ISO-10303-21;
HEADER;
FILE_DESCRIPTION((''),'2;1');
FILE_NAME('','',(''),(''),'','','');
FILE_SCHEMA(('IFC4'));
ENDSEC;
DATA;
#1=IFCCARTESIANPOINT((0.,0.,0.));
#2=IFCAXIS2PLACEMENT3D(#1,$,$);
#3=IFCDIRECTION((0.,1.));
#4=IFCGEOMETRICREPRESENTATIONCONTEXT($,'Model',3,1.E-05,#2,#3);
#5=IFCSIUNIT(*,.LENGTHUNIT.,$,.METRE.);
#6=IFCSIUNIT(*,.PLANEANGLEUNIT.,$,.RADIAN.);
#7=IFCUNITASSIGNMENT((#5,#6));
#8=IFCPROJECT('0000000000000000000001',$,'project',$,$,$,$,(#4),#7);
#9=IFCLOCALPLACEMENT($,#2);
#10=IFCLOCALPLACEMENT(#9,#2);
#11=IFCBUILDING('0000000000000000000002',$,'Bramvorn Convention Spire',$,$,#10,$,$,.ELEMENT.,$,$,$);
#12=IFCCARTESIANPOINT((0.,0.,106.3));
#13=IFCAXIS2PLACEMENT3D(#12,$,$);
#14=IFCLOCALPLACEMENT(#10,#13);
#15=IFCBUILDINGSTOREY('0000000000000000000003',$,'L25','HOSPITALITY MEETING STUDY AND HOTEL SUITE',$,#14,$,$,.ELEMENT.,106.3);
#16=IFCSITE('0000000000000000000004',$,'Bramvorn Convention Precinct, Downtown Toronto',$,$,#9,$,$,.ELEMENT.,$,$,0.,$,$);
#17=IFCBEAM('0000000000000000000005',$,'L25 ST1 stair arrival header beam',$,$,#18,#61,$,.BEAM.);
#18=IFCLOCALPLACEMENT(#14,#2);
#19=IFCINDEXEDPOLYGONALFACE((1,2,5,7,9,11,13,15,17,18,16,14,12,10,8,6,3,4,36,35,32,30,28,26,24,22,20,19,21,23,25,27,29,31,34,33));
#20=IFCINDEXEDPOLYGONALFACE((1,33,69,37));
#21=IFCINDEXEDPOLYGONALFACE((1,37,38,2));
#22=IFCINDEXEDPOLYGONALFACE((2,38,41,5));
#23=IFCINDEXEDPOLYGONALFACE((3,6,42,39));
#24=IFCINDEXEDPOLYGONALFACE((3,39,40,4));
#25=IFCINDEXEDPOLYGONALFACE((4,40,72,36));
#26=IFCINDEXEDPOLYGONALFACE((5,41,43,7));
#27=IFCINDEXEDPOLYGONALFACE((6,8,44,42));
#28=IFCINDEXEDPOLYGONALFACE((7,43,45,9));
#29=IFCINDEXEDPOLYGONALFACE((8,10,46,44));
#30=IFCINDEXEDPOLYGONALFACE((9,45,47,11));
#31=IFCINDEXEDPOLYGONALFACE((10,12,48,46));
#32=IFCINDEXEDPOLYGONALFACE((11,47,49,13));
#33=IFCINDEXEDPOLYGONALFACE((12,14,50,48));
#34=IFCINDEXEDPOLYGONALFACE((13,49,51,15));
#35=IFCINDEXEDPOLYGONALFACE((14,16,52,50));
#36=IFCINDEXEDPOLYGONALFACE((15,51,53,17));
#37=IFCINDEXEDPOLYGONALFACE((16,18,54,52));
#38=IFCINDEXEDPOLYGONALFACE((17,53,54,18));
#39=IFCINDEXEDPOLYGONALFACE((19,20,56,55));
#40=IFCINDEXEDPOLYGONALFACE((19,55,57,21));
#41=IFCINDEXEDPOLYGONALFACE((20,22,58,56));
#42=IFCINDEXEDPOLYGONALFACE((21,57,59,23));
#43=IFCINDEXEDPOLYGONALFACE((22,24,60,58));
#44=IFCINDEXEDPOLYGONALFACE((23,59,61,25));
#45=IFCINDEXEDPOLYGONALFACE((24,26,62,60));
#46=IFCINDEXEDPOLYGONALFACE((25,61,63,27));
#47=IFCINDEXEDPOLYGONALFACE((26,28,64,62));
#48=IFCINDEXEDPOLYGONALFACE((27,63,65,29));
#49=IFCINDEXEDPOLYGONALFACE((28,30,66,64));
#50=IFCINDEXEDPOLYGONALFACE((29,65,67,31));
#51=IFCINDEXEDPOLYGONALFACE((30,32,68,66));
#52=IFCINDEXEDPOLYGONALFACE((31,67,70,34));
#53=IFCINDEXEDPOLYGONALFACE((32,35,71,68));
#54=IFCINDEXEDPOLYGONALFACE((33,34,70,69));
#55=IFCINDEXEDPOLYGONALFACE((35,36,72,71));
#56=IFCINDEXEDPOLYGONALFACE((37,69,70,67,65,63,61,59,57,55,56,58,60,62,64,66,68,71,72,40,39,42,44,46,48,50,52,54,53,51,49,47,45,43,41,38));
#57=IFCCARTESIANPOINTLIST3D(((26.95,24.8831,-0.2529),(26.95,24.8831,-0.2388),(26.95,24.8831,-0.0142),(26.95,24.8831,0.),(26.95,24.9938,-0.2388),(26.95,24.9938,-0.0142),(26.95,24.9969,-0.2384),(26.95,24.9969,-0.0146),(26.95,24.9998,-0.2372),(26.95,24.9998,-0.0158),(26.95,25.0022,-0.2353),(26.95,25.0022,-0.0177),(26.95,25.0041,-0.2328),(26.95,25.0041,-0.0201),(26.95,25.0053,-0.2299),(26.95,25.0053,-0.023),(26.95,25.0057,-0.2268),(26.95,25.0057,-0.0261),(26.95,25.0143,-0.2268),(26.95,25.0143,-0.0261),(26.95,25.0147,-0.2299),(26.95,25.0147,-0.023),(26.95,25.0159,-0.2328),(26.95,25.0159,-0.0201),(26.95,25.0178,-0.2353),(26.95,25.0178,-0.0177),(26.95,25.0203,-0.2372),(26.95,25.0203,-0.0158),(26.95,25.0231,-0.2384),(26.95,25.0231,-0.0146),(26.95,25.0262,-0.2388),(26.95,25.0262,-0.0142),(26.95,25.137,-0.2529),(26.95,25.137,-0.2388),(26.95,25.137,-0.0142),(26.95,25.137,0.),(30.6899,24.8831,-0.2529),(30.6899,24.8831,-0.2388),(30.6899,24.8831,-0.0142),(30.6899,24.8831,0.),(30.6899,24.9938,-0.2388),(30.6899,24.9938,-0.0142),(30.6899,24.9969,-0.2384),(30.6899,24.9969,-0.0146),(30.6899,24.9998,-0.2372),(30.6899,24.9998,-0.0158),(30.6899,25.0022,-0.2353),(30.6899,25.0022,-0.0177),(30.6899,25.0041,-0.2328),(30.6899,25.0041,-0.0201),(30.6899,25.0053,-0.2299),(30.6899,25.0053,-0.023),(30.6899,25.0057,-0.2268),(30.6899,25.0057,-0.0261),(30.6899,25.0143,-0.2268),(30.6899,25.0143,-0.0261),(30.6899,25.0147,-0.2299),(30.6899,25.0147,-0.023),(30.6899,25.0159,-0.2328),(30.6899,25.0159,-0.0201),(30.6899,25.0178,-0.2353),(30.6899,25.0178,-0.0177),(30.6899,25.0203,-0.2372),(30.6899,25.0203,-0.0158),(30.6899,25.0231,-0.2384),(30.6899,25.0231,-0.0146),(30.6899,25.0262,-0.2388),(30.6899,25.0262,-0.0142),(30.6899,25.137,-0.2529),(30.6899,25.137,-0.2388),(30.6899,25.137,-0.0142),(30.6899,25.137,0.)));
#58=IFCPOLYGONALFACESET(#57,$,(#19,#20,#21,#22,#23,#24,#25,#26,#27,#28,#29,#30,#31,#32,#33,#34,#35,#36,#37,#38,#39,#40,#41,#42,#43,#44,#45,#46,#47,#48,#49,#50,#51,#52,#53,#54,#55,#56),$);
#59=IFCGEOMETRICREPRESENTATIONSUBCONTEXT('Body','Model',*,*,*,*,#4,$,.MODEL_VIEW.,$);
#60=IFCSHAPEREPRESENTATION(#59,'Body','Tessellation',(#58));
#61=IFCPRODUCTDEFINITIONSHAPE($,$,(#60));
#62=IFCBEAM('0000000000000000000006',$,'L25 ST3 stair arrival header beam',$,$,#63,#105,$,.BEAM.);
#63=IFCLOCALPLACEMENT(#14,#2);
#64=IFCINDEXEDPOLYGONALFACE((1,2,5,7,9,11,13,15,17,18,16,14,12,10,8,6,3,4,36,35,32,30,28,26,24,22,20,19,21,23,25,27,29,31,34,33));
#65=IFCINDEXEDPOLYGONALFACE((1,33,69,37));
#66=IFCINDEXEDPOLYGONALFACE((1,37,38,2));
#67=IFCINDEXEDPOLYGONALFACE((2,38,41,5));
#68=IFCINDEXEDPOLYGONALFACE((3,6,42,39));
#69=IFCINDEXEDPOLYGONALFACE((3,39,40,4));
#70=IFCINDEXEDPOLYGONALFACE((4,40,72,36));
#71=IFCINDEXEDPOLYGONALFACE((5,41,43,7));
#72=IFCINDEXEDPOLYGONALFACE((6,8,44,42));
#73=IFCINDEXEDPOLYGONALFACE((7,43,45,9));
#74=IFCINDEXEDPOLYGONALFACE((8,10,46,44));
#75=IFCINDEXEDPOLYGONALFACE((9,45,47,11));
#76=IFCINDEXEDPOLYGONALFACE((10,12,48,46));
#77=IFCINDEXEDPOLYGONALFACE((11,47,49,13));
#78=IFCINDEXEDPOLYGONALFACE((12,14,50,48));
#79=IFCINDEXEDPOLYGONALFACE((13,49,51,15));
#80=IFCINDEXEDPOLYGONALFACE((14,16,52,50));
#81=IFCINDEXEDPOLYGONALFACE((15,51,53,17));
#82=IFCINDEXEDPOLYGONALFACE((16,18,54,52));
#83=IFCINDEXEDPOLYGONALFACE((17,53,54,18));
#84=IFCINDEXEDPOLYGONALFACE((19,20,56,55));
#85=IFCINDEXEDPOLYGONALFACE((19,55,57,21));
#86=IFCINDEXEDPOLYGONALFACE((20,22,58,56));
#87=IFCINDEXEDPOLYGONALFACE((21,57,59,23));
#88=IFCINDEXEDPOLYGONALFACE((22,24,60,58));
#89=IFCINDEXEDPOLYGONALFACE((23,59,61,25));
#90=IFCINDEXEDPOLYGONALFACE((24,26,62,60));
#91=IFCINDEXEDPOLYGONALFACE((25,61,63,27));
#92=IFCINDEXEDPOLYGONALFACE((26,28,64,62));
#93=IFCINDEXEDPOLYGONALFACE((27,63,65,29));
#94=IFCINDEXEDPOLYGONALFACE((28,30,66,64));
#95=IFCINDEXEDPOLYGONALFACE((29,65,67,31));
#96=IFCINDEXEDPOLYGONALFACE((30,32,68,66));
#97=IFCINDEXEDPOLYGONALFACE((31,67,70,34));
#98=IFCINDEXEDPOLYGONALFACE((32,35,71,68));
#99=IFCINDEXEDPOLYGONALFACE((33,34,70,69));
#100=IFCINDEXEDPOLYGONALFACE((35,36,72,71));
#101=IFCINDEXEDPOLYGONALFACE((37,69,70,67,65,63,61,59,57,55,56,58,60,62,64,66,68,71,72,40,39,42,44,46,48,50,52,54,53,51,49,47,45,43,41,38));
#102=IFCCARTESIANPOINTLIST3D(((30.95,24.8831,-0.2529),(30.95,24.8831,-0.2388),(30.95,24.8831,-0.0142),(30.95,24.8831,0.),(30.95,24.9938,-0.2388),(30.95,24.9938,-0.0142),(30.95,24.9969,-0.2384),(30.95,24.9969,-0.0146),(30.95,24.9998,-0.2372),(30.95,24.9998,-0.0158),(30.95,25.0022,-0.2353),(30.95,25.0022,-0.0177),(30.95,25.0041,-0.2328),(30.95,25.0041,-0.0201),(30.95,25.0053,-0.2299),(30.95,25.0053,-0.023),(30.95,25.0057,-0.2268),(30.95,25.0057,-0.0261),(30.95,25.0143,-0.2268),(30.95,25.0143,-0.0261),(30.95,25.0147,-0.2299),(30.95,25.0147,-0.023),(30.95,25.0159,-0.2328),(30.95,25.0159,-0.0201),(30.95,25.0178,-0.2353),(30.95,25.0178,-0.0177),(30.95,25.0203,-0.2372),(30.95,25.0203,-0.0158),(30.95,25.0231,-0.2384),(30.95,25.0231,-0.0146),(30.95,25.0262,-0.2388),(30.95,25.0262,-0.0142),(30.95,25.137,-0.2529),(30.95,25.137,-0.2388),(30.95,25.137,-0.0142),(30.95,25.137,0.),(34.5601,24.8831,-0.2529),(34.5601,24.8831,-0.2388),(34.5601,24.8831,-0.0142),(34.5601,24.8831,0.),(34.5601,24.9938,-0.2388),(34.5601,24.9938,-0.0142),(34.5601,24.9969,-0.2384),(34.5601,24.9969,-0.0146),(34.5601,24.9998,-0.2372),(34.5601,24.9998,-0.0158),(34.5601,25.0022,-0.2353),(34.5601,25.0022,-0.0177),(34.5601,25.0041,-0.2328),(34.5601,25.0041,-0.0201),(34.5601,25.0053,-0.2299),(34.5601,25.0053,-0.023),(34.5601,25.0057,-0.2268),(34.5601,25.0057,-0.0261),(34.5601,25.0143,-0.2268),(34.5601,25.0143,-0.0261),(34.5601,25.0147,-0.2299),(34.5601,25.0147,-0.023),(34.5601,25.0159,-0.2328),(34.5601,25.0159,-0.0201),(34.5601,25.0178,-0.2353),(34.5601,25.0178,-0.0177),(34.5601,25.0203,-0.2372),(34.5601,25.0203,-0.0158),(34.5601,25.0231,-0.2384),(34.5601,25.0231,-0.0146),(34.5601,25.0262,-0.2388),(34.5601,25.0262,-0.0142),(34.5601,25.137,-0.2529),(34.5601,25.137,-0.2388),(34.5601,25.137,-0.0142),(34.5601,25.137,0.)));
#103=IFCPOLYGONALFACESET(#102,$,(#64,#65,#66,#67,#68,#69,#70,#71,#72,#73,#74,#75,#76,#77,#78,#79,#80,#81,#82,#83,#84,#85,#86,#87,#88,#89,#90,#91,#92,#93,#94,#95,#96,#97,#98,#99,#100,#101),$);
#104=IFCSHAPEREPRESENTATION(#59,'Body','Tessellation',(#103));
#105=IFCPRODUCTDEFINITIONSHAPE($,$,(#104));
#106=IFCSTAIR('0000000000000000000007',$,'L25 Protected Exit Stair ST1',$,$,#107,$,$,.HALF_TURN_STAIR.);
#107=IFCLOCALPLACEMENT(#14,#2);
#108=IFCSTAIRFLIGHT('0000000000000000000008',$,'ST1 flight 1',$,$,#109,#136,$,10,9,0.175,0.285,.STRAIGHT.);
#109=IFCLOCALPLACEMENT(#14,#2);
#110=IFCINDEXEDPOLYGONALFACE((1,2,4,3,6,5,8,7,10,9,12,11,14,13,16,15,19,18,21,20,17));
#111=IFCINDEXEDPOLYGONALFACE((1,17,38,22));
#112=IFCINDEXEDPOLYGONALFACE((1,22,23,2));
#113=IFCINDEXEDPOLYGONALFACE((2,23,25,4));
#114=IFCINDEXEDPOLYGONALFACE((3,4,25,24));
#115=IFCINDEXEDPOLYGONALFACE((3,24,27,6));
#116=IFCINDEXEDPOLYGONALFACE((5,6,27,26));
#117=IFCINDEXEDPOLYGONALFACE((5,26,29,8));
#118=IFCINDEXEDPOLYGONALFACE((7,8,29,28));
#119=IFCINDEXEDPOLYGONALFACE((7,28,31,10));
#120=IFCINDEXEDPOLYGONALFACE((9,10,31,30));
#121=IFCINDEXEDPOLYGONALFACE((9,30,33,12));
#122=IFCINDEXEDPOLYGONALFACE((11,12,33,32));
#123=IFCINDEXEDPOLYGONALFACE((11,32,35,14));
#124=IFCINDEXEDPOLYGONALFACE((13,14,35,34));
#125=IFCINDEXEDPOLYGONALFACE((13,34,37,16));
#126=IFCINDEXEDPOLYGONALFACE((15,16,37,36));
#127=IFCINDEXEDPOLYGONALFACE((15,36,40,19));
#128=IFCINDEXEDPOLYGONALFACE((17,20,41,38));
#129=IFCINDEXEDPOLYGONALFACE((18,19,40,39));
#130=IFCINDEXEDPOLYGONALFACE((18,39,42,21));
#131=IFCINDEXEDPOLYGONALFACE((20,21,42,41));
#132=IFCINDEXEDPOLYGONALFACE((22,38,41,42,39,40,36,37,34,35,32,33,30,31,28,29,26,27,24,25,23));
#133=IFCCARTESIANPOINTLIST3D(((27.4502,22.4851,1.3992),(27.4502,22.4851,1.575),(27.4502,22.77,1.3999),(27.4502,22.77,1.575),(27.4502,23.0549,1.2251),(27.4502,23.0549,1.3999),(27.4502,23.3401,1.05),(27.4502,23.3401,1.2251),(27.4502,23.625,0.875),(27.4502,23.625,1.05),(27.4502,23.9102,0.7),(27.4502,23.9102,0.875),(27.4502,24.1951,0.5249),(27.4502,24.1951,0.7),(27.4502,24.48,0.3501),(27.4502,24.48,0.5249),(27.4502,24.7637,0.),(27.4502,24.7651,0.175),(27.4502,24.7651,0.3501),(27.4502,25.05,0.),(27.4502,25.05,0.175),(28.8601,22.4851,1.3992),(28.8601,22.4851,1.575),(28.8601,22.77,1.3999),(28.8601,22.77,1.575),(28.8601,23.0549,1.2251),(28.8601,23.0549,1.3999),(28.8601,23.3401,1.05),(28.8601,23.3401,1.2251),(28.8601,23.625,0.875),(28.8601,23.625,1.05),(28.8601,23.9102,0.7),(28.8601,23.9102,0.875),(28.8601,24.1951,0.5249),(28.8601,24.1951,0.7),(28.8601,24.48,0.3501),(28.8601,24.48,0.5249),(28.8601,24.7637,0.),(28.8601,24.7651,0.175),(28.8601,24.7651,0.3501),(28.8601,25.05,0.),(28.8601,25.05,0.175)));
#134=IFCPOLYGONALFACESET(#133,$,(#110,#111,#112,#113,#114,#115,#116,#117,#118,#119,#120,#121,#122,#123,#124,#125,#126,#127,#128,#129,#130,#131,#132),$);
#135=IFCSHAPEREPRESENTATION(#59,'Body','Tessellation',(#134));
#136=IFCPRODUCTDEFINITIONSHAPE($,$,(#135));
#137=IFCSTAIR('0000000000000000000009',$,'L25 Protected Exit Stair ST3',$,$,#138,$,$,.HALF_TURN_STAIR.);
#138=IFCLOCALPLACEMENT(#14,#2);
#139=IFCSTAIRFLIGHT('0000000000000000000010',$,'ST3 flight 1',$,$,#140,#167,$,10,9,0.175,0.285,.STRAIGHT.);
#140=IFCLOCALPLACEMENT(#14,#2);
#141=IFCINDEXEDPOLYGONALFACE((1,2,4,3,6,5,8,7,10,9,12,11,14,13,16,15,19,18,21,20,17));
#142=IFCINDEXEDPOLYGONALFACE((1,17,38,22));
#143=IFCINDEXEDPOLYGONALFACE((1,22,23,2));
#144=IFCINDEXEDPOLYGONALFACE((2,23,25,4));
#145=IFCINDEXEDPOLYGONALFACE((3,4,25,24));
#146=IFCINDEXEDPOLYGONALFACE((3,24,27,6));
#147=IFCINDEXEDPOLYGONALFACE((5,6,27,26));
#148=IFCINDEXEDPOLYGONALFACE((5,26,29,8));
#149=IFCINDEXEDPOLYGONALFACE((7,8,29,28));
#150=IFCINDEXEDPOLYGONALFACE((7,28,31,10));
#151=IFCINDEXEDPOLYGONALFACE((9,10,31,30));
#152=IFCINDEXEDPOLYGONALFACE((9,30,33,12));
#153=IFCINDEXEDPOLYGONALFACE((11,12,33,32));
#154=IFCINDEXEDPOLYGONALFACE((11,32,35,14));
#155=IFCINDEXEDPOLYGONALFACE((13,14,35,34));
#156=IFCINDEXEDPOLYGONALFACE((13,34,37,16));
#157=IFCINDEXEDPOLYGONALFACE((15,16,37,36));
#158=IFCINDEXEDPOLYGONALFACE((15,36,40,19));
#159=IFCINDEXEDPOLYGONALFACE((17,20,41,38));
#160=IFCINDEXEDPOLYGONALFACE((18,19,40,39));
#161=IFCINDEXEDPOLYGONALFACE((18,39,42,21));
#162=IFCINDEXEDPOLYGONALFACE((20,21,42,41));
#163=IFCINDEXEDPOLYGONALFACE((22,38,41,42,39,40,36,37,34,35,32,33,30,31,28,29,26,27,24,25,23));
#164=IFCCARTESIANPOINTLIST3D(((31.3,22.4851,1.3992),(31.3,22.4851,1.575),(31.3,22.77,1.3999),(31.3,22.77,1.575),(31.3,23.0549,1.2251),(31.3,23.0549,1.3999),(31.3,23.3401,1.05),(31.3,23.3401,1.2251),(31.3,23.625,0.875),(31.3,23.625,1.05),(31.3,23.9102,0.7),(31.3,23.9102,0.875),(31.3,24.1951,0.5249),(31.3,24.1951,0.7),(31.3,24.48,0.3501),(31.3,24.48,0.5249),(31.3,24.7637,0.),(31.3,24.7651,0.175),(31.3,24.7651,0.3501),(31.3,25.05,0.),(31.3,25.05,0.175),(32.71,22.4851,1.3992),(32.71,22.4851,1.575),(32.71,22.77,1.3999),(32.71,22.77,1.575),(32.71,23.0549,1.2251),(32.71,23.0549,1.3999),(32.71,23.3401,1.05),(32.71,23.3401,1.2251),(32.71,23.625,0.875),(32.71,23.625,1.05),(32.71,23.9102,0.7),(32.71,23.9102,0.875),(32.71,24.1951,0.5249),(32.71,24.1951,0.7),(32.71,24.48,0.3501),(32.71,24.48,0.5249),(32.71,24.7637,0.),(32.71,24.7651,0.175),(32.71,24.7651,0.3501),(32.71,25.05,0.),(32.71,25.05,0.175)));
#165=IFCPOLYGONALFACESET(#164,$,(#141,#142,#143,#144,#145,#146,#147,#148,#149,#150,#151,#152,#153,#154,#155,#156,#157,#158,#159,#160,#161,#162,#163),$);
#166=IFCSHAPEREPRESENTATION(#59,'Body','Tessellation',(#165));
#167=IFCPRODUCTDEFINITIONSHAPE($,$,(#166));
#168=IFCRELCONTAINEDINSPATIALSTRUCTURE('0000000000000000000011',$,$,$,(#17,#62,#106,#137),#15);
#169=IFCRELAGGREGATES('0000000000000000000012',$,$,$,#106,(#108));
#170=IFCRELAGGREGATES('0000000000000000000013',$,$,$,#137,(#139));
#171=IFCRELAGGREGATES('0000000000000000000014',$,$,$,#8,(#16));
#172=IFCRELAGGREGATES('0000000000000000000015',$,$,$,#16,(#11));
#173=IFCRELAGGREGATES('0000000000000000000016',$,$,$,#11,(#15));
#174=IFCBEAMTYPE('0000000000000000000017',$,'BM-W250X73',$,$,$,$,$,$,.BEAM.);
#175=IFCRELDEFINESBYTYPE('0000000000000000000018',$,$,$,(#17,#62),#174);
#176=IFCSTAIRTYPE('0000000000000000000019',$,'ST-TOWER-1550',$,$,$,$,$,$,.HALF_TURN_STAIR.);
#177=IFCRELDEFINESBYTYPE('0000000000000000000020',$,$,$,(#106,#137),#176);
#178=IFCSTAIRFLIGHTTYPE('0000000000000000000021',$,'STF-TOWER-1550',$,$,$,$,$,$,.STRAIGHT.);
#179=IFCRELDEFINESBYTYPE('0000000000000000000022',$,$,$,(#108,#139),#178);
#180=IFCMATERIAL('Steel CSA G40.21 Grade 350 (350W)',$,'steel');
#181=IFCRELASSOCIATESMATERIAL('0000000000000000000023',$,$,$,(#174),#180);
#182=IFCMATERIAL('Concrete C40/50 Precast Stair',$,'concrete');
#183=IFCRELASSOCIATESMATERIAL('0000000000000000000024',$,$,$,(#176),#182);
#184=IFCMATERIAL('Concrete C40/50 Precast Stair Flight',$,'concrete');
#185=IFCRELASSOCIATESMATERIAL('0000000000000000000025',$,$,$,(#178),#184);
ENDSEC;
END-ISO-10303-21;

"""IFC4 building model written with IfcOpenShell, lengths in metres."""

from ifc_helpers import new_model, si_unit, direction, frame, origin, origin_2d, place, context, subcontext, project, spatial, polyline, i_section, outline, extrude, material, material_profile, profile_set, type_object, element, aggregate, save


model = new_model("IFC4")

# Units and contexts
model_context = context("Model", 3, precision=1e-05, world=origin(), true_north=direction((0.0, 1.0)))
body_context = subcontext(model_context, "Body", "Model", "MODEL_VIEW")
ifc_project = project(units=[si_unit("LENGTHUNIT", "METRE"), si_unit("PLANEANGLEUNIT", "RADIAN")], contexts=[model_context])

# Site, building, storey
site_placement = place(None, origin())
site = spatial("IfcSite", under=ifc_project, at=site_placement, Name="Bramvorn Convention Precinct, Downtown Toronto", CompositionType="ELEMENT", RefElevation=0.0)
building_placement = place(site_placement, origin())
building = spatial("IfcBuilding", under=site, at=building_placement, Name="Bramvorn Convention Spire", CompositionType="ELEMENT")
storey_placement = place(building_placement, frame((0.0, 0.0, 106.3)))
storey = spatial("IfcBuildingStorey", under=building, at=storey_placement, Name="L25", Description="HOSPITALITY MEETING STUDY AND HOTEL SUITE", CompositionType="ELEMENT", Elevation=106.3)

# Beams
ifc_material_1 = material(Name="Steel CSA G40.21 Grade 350 (350W)", Category="steel")
ifc_material_profile = material_profile(ifc_material_1, i_section(OverallWidth=0.2539, OverallDepth=0.2529, WebThickness=0.0085, FlangeThickness=0.0142, FilletRadius=0.012, at=origin_2d()))
ifc_profile_set = profile_set([ifc_material_profile], Name="Steel CSA G40.21 Grade 350 (350W) - W250X73")
beam_type = type_object("IfcBeamType", Name="BM-W250X73", PredefinedType="BEAM", material=ifc_profile_set)
beam_1_placement = place(storey_placement, frame((26.95, 25.01, -0.1265), z_axis=(1.0, 0.0, 0.0), x_axis=(0.0, 1.0, 0.0)))
element("IfcBeam", 1, at=beam_1_placement, inside=storey, type_object=beam_type, Name="L25 ST1 stair arrival header beam", PredefinedType="BEAM", context=body_context, shape_type="SweptSolid", body=[
    extrude(i_section(OverallWidth=0.2539, OverallDepth=0.2529, WebThickness=0.0085, FlangeThickness=0.0142, FilletRadius=0.012, at=origin_2d()), origin(), (0.0, 0.0, 1.0), 3.74),
])
beam_2_placement = place(storey_placement, frame((30.95, 25.01, -0.1265), z_axis=(1.0, 0.0, 0.0), x_axis=(0.0, 1.0, 0.0)))
element("IfcBeam", 2, at=beam_2_placement, inside=storey, type_object=beam_type, Name="L25 ST3 stair arrival header beam", PredefinedType="BEAM", context=body_context, shape_type="SweptSolid", body=[
    extrude(i_section(OverallWidth=0.2539, OverallDepth=0.2529, WebThickness=0.0085, FlangeThickness=0.0142, FilletRadius=0.012, at=origin_2d()), origin(), (0.0, 0.0, 1.0), 3.6101),
])

# Stairs, stair flights
ifc_material_2 = material(Name="Concrete C40/50 Precast Stair", Category="concrete")
stair_type = type_object("IfcStairType", Name="ST-TOWER-1550", PredefinedType="HALF_TURN_STAIR", material=ifc_material_2)
stair_1_placement = place(storey_placement, origin())
stair_1 = element("IfcStair", 3, at=stair_1_placement, inside=storey, type_object=stair_type, Name="L25 Protected Exit Stair ST1", PredefinedType="HALF_TURN_STAIR")
ifc_material_3 = material(Name="Concrete C40/50 Precast Stair Flight", Category="concrete")
stair_flight_type = type_object("IfcStairFlightType", Name="STF-TOWER-1550", PredefinedType="STRAIGHT", material=ifc_material_3)
stair_flight_1_placement = place(storey_placement, frame((28.155, 25.05, 0.0), z_axis=(0.0, 0.0, 1.0), x_axis=(0.0, -1.0, 0.0)))
stair_flight_1 = element("IfcStairFlight", 4, at=stair_flight_1_placement, type_object=stair_flight_type, Name="ST1 flight 1", NumberOfRisers=10, NumberOfTreads=9, PredefinedType="STRAIGHT", RiserHeight=0.175, TreadLength=0.285, context=body_context, shape_type="SweptSolid", body=[
    extrude(outline(polyline([(0.0, 0.0), (0.0, 0.175), (0.2849, 0.175), (0.2849, 0.3501), (0.5701, 0.3501), (0.5701, 0.5249), (0.855, 0.5249), (0.855, 0.7), (1.1399, 0.7), (1.1399, 0.875), (1.425, 0.875), (1.425, 1.05), (1.71, 1.05), (1.71, 1.2251), (1.9951, 1.2251), (1.9951, 1.3999), (2.28, 1.3999), (2.28, 1.575), (2.5649, 1.575), (2.5649, 1.75), (2.5649, 1.3992), (0.2864, 0.0), (0.0, 0.0)])), frame((0.0, 0.7051, 0.0), z_axis=(0.0, -1.0, 0.0), x_axis=(1.0, 0.0, 0.0)), (0.0, 0.0, 1.0), 1.4099),
])
aggregate(stair_1, [stair_flight_1])
stair_2_placement = place(storey_placement, origin())
stair_2 = element("IfcStair", 5, at=stair_2_placement, inside=storey, type_object=stair_type, Name="L25 Protected Exit Stair ST3", PredefinedType="HALF_TURN_STAIR")
stair_flight_2_placement = place(storey_placement, frame((32.0049, 25.05, 0.0), z_axis=(0.0, 0.0, 1.0), x_axis=(0.0, -1.0, 0.0)))
stair_flight_2 = element("IfcStairFlight", 6, at=stair_flight_2_placement, type_object=stair_flight_type, Name="ST3 flight 1", NumberOfRisers=10, NumberOfTreads=9, PredefinedType="STRAIGHT", RiserHeight=0.175, TreadLength=0.285, context=body_context, shape_type="SweptSolid", body=[
    extrude(outline(polyline([(0.0, 0.0), (0.0, 0.175), (0.2849, 0.175), (0.2849, 0.3501), (0.5701, 0.3501), (0.5701, 0.5249), (0.855, 0.5249), (0.855, 0.7), (1.1399, 0.7), (1.1399, 0.875), (1.425, 0.875), (1.425, 1.05), (1.71, 1.05), (1.71, 1.2251), (1.9951, 1.2251), (1.9951, 1.3999), (2.28, 1.3999), (2.28, 1.575), (2.5649, 1.575), (2.5649, 1.75), (2.5649, 1.3992), (0.2864, 0.0), (0.0, 0.0)])), frame((0.0, 0.7051, 0.0), z_axis=(0.0, -1.0, 0.0), x_axis=(1.0, 0.0, 0.0)), (0.0, 0.0, 1.0), 1.4099),
])
aggregate(stair_2, [stair_flight_2])

save(model, "model.ifc")
